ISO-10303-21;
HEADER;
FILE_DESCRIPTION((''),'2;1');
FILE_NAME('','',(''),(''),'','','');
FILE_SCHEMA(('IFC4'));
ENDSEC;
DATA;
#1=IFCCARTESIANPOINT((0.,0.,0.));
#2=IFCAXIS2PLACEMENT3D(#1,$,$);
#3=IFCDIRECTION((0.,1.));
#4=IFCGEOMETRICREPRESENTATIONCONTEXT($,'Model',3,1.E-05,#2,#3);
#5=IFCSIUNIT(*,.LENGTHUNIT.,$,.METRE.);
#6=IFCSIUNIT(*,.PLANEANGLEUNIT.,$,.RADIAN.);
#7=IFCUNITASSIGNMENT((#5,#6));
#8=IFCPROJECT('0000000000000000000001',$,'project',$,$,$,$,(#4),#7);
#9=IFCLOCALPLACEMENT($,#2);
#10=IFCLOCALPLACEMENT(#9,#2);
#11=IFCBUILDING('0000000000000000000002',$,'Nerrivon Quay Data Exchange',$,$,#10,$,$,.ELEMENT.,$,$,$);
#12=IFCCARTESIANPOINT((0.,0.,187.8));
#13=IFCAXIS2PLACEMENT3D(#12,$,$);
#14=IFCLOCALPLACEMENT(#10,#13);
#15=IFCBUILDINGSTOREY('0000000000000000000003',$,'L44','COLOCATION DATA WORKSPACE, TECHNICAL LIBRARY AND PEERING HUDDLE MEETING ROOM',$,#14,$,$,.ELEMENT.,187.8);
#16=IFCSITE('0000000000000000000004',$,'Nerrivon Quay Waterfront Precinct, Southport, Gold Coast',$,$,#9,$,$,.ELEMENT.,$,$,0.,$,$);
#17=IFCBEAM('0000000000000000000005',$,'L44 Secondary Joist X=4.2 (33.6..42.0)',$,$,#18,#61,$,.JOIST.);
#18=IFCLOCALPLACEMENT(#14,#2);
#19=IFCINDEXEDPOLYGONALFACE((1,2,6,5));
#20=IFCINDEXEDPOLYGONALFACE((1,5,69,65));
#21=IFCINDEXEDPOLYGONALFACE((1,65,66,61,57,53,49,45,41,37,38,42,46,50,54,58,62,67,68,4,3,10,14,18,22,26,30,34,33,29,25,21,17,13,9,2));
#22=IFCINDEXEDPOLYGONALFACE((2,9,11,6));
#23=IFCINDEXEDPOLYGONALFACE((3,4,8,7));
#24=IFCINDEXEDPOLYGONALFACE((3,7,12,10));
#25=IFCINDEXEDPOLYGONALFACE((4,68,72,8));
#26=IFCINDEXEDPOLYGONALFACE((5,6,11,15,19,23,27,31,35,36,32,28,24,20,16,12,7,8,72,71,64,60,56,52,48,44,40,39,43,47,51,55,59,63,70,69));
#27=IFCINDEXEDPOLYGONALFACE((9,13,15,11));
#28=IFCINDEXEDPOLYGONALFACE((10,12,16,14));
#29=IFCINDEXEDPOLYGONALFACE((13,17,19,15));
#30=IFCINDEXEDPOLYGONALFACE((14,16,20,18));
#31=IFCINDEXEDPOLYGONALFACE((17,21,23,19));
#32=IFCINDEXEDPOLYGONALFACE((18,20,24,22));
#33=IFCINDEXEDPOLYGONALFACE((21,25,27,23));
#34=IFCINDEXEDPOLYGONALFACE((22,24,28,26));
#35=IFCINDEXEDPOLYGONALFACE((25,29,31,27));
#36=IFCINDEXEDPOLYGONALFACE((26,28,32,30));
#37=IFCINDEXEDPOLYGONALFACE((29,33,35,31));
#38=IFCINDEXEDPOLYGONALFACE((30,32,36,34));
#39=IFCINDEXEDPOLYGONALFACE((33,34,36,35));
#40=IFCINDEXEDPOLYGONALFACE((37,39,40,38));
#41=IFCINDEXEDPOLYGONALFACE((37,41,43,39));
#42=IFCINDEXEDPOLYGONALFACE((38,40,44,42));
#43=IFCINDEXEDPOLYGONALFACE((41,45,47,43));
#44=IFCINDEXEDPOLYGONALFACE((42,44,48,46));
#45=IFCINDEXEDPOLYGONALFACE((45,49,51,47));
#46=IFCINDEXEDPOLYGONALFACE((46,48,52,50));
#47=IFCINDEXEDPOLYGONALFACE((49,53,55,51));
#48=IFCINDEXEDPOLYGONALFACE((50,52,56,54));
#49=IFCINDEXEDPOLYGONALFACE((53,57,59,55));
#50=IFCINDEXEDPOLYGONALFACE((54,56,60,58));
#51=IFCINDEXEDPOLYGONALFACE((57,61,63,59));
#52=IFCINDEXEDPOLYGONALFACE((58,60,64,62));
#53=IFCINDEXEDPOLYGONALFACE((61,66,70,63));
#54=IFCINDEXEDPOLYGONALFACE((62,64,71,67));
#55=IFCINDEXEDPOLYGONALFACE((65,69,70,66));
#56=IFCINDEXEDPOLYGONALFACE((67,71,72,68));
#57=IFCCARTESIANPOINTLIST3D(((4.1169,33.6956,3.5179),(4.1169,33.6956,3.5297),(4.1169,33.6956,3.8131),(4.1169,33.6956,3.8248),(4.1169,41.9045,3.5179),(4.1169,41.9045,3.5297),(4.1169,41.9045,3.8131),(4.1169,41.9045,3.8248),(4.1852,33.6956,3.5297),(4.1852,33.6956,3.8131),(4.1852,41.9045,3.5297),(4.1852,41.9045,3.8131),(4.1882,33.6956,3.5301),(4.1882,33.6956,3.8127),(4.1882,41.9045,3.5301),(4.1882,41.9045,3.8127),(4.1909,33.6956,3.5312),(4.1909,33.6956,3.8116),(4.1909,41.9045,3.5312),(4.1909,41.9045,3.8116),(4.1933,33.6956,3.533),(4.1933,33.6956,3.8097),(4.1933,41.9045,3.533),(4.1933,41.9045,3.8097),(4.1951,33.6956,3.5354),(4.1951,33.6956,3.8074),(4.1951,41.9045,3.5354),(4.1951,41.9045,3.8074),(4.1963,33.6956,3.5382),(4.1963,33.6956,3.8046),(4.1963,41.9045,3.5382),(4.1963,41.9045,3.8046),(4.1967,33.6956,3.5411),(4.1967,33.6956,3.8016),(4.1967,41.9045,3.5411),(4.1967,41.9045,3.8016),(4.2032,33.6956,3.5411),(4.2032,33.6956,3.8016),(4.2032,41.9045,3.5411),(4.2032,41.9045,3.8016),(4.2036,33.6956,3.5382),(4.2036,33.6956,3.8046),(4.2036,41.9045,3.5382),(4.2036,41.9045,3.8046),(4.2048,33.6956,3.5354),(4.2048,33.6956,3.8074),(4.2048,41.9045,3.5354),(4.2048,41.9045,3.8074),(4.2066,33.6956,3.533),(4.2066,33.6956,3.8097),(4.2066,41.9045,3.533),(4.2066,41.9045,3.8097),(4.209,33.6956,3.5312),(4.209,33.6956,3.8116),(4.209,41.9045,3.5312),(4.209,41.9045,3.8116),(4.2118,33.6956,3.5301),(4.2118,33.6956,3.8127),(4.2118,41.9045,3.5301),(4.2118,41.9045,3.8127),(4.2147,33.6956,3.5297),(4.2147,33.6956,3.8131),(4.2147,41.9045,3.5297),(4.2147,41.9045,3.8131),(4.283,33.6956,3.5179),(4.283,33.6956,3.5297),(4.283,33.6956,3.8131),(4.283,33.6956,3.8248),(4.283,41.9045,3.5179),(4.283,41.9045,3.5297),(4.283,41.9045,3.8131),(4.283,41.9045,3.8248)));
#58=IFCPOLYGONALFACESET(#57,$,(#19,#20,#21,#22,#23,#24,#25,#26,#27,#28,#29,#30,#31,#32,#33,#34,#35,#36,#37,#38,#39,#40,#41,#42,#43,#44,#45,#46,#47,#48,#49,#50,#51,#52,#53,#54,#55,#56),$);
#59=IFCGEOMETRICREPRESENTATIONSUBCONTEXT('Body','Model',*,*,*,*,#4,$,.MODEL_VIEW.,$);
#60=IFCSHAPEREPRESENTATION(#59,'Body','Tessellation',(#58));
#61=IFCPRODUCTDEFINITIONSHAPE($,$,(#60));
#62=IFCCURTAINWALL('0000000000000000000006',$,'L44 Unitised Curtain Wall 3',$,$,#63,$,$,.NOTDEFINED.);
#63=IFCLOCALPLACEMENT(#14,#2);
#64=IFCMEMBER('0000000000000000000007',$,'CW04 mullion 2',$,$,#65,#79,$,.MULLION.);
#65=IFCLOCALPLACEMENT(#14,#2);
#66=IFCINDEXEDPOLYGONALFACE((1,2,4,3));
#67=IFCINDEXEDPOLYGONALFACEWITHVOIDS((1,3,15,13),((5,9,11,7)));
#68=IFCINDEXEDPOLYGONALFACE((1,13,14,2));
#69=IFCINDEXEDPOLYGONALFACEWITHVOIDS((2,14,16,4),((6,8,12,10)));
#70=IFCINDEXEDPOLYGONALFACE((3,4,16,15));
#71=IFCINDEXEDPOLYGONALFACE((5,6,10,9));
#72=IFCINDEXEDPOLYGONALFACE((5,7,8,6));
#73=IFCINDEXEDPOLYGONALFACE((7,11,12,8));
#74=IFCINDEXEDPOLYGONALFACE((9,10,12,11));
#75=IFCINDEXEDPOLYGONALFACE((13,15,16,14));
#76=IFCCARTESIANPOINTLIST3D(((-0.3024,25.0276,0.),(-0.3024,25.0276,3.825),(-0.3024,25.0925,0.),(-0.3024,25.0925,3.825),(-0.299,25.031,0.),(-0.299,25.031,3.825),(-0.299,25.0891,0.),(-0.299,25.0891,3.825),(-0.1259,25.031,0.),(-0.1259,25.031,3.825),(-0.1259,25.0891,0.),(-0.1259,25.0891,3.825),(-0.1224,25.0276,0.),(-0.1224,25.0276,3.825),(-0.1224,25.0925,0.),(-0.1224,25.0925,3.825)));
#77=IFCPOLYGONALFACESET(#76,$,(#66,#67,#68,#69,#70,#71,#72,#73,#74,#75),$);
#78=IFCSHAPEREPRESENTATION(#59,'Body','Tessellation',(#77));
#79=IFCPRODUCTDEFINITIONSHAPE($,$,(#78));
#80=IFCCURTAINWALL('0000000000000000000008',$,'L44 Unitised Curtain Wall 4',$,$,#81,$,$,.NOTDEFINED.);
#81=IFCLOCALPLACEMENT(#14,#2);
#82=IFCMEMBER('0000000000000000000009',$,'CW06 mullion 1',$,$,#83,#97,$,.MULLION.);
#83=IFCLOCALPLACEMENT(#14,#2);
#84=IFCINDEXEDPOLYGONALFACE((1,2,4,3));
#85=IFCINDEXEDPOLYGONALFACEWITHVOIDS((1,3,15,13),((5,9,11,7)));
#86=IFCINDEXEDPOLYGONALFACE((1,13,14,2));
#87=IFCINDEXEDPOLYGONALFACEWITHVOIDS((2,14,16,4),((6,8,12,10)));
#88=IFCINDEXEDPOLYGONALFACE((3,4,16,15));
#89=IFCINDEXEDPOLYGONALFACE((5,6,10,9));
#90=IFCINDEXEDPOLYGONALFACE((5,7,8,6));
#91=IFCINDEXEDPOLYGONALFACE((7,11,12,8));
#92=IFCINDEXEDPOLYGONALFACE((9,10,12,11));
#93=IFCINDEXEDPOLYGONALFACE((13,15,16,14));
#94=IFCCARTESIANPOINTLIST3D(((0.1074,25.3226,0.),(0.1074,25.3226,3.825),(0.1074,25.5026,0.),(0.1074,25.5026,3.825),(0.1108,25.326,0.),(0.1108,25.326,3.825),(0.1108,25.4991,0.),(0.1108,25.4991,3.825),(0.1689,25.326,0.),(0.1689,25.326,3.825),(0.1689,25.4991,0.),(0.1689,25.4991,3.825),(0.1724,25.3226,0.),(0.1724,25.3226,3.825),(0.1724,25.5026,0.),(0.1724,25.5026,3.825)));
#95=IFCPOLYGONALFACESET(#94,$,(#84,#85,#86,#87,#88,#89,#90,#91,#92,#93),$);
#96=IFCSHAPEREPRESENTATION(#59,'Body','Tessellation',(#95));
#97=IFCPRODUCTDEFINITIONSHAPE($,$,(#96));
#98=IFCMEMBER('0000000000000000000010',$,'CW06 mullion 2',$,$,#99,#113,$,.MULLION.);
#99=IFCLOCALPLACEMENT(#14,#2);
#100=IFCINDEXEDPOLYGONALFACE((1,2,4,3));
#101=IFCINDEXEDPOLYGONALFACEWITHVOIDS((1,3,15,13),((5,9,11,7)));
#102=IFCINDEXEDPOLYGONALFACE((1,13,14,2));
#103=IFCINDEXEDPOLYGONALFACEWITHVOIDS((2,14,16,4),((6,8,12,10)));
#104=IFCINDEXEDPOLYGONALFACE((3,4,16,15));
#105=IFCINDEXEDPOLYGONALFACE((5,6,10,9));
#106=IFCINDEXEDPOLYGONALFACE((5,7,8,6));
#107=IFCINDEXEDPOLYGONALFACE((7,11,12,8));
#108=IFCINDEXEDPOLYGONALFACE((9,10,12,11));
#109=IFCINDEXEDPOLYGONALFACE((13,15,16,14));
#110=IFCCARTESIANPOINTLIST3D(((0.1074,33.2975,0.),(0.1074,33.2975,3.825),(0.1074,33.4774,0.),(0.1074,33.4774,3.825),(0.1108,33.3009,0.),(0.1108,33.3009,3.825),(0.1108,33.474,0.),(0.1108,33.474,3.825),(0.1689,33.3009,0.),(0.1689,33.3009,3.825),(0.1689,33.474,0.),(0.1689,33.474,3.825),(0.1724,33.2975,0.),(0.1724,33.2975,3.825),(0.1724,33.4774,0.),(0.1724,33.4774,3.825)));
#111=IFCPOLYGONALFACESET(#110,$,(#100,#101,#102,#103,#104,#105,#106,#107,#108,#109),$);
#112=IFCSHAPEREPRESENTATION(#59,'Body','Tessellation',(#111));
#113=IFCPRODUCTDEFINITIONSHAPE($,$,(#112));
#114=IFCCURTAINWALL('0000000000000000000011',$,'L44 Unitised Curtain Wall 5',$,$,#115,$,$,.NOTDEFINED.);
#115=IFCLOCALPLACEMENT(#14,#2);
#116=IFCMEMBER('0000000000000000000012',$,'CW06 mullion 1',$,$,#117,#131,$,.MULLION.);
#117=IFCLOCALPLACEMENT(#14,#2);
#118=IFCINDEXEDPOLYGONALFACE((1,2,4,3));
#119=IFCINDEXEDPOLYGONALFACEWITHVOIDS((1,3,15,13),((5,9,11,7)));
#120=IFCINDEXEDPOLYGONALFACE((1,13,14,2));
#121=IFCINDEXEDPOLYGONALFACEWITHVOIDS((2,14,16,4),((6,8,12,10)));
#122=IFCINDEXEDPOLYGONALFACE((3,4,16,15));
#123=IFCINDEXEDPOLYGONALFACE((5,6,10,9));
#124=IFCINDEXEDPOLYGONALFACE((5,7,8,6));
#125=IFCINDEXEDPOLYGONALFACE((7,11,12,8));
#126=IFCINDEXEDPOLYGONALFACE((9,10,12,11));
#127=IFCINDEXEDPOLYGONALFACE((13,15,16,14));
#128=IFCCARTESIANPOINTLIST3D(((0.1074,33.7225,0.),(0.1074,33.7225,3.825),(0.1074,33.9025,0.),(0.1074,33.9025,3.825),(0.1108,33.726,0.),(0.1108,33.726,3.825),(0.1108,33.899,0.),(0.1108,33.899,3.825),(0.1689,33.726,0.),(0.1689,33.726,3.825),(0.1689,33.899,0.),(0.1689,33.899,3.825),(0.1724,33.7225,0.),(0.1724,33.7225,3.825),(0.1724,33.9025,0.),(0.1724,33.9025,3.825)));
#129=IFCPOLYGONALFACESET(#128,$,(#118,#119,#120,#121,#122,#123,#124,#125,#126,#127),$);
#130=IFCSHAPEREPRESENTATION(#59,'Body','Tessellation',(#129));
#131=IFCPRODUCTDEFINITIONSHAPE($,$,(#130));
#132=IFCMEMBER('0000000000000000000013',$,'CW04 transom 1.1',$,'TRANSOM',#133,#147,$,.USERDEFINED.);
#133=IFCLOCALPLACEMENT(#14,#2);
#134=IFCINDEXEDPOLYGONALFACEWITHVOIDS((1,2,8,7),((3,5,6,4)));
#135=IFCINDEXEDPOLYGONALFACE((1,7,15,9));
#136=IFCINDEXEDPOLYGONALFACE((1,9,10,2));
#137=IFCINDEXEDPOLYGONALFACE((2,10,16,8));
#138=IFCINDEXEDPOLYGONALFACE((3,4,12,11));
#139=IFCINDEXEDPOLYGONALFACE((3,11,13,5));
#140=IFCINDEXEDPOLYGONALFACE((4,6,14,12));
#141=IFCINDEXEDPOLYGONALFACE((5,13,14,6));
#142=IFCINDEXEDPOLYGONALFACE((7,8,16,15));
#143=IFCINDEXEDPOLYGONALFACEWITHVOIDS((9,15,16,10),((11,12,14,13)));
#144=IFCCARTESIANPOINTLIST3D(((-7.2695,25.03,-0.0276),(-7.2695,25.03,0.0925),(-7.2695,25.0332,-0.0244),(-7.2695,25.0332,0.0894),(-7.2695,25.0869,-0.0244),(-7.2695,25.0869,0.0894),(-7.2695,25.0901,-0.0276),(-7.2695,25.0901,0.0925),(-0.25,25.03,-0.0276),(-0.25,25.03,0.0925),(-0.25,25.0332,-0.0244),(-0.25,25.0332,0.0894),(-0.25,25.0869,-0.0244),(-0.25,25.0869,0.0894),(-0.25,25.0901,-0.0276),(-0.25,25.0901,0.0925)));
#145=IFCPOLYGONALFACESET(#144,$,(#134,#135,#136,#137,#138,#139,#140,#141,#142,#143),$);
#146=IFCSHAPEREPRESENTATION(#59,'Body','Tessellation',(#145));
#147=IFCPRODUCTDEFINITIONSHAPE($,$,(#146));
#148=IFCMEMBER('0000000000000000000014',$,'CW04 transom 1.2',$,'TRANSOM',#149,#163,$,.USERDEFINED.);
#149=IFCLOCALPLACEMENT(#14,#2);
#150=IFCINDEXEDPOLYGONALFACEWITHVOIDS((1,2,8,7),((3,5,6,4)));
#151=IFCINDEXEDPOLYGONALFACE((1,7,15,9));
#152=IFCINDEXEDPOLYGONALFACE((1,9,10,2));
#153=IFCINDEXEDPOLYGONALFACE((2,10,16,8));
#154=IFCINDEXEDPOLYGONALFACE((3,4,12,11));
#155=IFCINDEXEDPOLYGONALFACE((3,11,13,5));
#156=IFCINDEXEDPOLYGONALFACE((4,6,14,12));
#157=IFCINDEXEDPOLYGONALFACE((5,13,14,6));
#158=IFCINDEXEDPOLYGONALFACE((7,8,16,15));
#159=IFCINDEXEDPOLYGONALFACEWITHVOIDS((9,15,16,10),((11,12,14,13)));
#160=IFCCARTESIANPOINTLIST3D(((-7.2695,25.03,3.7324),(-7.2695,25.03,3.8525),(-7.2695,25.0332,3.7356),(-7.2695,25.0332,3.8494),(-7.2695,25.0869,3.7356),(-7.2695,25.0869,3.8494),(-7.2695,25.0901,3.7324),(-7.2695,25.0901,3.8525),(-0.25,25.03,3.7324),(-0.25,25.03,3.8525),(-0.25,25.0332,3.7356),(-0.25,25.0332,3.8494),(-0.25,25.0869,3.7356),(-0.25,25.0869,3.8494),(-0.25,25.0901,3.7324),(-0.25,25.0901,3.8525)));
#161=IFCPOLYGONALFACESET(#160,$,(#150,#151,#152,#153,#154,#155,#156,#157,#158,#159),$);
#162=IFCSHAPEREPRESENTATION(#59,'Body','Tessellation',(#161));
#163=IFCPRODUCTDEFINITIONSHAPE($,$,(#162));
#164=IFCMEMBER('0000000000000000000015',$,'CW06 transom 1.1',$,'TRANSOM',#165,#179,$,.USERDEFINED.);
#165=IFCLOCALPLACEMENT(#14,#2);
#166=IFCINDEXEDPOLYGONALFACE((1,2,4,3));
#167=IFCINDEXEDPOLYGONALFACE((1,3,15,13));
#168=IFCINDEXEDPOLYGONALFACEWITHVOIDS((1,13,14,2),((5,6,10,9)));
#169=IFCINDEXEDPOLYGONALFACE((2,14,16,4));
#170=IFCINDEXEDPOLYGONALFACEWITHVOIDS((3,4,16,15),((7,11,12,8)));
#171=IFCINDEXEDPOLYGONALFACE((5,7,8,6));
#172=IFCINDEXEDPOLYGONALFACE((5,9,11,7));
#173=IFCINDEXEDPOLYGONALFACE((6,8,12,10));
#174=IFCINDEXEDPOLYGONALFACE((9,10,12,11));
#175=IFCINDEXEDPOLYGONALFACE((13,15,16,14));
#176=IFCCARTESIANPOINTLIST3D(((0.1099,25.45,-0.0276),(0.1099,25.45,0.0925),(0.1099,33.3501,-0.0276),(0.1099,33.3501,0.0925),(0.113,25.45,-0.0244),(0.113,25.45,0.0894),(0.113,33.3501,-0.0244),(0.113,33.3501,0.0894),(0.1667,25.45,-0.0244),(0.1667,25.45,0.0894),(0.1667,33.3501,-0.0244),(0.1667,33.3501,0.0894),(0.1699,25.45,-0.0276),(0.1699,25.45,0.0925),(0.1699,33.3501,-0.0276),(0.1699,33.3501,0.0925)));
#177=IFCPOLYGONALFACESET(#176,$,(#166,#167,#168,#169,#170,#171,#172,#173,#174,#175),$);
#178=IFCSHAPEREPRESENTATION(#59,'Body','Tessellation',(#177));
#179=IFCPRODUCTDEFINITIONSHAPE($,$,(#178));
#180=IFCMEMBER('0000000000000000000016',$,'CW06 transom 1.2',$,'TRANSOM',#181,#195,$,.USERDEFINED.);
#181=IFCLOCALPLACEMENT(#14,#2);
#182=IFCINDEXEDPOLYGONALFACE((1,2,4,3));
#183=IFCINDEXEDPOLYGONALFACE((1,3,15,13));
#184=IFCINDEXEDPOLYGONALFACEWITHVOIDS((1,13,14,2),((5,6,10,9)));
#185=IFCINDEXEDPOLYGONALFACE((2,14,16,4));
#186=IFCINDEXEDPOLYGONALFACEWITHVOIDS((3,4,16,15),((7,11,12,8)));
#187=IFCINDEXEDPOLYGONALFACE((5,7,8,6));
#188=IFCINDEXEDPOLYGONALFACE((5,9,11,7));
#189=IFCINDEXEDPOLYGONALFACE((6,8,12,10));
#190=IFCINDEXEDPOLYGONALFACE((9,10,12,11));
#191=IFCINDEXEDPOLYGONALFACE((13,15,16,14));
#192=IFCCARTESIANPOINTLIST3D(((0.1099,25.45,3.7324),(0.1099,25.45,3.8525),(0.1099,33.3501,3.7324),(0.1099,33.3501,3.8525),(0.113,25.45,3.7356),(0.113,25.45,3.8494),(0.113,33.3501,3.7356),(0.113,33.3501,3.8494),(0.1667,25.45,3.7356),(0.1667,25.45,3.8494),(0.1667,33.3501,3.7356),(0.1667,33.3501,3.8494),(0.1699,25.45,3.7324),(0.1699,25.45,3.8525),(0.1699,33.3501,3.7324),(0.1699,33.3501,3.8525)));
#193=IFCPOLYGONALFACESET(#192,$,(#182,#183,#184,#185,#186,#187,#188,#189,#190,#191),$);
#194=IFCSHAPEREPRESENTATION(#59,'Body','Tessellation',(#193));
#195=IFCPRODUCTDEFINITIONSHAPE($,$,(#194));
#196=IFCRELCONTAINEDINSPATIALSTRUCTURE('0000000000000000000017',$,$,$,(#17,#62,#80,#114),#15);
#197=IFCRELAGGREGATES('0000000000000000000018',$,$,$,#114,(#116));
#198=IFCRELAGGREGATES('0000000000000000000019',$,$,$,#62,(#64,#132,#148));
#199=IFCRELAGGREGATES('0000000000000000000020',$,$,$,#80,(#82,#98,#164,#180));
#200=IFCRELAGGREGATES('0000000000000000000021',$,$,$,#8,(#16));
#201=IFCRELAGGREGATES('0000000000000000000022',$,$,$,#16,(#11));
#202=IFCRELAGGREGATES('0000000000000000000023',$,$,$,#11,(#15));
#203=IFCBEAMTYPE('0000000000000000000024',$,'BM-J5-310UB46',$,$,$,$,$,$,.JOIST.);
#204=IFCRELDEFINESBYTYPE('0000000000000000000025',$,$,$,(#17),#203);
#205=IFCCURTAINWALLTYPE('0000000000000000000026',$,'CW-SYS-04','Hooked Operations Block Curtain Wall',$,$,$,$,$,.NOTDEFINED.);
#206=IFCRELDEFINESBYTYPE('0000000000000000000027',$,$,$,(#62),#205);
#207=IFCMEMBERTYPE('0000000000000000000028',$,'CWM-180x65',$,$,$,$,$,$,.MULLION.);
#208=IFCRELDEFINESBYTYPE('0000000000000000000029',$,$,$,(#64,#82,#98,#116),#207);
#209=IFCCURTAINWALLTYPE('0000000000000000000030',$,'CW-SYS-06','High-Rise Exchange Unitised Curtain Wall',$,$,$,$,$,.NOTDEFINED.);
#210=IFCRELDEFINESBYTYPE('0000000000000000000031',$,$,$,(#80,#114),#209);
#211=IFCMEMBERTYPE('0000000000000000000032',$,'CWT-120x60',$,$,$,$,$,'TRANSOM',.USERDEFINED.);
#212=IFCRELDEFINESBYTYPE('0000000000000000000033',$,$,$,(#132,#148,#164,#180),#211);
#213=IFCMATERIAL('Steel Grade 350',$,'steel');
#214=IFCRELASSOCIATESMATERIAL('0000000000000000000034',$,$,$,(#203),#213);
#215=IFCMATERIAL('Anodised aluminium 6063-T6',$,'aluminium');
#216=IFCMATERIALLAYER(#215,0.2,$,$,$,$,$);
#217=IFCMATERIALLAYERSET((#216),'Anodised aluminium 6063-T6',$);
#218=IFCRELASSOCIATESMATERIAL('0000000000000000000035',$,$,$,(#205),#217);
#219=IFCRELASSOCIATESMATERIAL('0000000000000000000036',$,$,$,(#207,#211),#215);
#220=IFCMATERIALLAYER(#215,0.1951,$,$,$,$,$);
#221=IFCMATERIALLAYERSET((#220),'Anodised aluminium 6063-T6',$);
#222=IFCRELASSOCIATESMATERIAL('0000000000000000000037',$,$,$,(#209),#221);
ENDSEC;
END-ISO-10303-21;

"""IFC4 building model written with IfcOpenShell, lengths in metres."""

from ifc_helpers import new_model, si_unit, direction, frame, origin, origin_2d, place, context, subcontext, project, spatial, hollow_rectangle, i_section, extrude, material, layer, layer_set, material_profile, profile_set, type_object, element, aggregate, save


model = new_model("IFC4")

# Units and contexts
model_context = context("Model", 3, precision=1e-05, world=origin(), true_north=direction((0.0, 1.0)))
body_context = subcontext(model_context, "Body", "Model", "MODEL_VIEW")
ifc_project = project(units=[si_unit("LENGTHUNIT", "METRE"), si_unit("PLANEANGLEUNIT", "RADIAN")], contexts=[model_context])

# Site, building, storey
site_placement = place(None, origin())
site = spatial("IfcSite", under=ifc_project, at=site_placement, Name="Nerrivon Quay Waterfront Precinct, Southport, Gold Coast", CompositionType="ELEMENT", RefElevation=0.0)
building_placement = place(site_placement, origin())
building = spatial("IfcBuilding", under=site, at=building_placement, Name="Nerrivon Quay Data Exchange", CompositionType="ELEMENT")
storey_placement = place(building_placement, frame((0.0, 0.0, 187.8)))
storey = spatial("IfcBuildingStorey", under=building, at=storey_placement, Name="L44", Description="COLOCATION DATA WORKSPACE, TECHNICAL LIBRARY AND PEERING HUDDLE MEETING ROOM", CompositionType="ELEMENT", Elevation=187.8)

# Shared definitions
ifc_material_1 = material(Name="Steel Grade 350", Category="steel")

# Beam
ifc_material_profile_1 = material_profile(ifc_material_1, i_section(OverallWidth=0.166, OverallDepth=0.3069, WebThickness=0.0066, FlangeThickness=0.0117, FilletRadius=0.0115, at=origin_2d()), Name="310UB46.2")
ifc_profile_set_1 = profile_set([ifc_material_profile_1], Name="Steel Grade 350")
beam_type_1 = type_object("IfcBeamType", Name="BM-J5-310UB46", PredefinedType="JOIST", material=ifc_profile_set_1)
beam_1_placement = place(storey_placement, frame((4.2, 33.6956, 3.6714), z_axis=(0.0, 1.0, 0.0), x_axis=(-1.0, 0.0, 0.0)))
element("IfcBeam", 1, at=beam_1_placement, inside=storey, type_object=beam_type_1, Name="L44 Secondary Joist X=4.2 (33.6..42.0)", PredefinedType="JOIST", context=body_context, shape_type="SweptSolid", body=[
    extrude(i_section(OverallWidth=0.166, OverallDepth=0.3069, WebThickness=0.0066, FlangeThickness=0.0117, FilletRadius=0.0115, at=origin_2d()), origin(), (0.0, 0.0, 1.0), 8.209),
])

# Curtain wall, member
ifc_material_2 = material(Name="Anodised aluminium 6063-T6", Category="aluminium")
ifc_layer_1 = layer(ifc_material_2, 0.2)
ifc_layer_set_1 = layer_set([ifc_layer_1], Name="Anodised aluminium 6063-T6")
curtain_wall_type_1 = type_object("IfcCurtainWallType", Name="CW-SYS-04", Description="Hooked Operations Block Curtain Wall", PredefinedType="NOTDEFINED", material=ifc_layer_set_1)
curtain_wall_1_placement = place(storey_placement, origin())
curtain_wall_1 = element("IfcCurtainWall", 2, at=curtain_wall_1_placement, inside=storey, type_object=curtain_wall_type_1, Name="L44 Unitised Curtain Wall 3", PredefinedType="NOTDEFINED")
ifc_material_profile_2 = material_profile(ifc_material_2, hollow_rectangle(XDim=0.0649, YDim=0.1799, WallThickness=0.0034, at=origin_2d()), Name="ALU-MULL-180x65")
ifc_profile_set_2 = profile_set([ifc_material_profile_2], Name="Anodised aluminium 6063-T6")
member_type_1 = type_object("IfcMemberType", Name="CWM-180x65", PredefinedType="MULLION", material=ifc_profile_set_2)
member_1_placement = place(storey_placement, frame((-0.2124, 25.0601, 0.0), z_axis=(0.0, 0.0, 1.0), x_axis=(0.0, 1.0, 0.0)))
member_1 = element("IfcMember", 3, at=member_1_placement, type_object=member_type_1, Name="CW04 mullion 2", PredefinedType="MULLION", context=body_context, shape_type="SweptSolid", body=[
    extrude(hollow_rectangle(XDim=0.0649, YDim=0.1799, WallThickness=0.0034, at=origin_2d()), origin(), (0.0, 0.0, 1.0), 3.825),
])

# Curtain wall, members
ifc_layer_2 = layer(ifc_material_2, 0.1951)
ifc_layer_set_2 = layer_set([ifc_layer_2], Name="Anodised aluminium 6063-T6")
curtain_wall_type_2 = type_object("IfcCurtainWallType", Name="CW-SYS-06", Description="High-Rise Exchange Unitised Curtain Wall", PredefinedType="NOTDEFINED", material=ifc_layer_set_2)
curtain_wall_2_placement = place(storey_placement, origin())
curtain_wall_2 = element("IfcCurtainWall", 4, at=curtain_wall_2_placement, inside=storey, type_object=curtain_wall_type_2, Name="L44 Unitised Curtain Wall 4", PredefinedType="NOTDEFINED")
member_2_placement = place(storey_placement, frame((0.1399, 25.4126, 0.0), z_axis=(0.0, 0.0, 1.0), x_axis=(-1.0, 0.0, 0.0)))
member_2 = element("IfcMember", 5, at=member_2_placement, type_object=member_type_1, Name="CW06 mullion 1", PredefinedType="MULLION", context=body_context, shape_type="SweptSolid", body=[
    extrude(hollow_rectangle(XDim=0.0649, YDim=0.1799, WallThickness=0.0034, at=origin_2d()), origin(), (0.0, 0.0, 1.0), 3.825),
])
member_3_placement = place(storey_placement, frame((0.1399, 33.3875, 0.0), z_axis=(0.0, 0.0, 1.0), x_axis=(-1.0, 0.0, 0.0)))
member_3 = element("IfcMember", 6, at=member_3_placement, type_object=member_type_1, Name="CW06 mullion 2", PredefinedType="MULLION", context=body_context, shape_type="SweptSolid", body=[
    extrude(hollow_rectangle(XDim=0.0649, YDim=0.1799, WallThickness=0.0034, at=origin_2d()), origin(), (0.0, 0.0, 1.0), 3.825),
])

# Curtain wall, member
curtain_wall_3_placement = place(storey_placement, origin())
curtain_wall_3 = element("IfcCurtainWall", 7, at=curtain_wall_3_placement, inside=storey, type_object=curtain_wall_type_2, Name="L44 Unitised Curtain Wall 5", PredefinedType="NOTDEFINED")
member_4_placement = place(storey_placement, frame((0.1399, 33.8125, 0.0), z_axis=(0.0, 0.0, 1.0), x_axis=(-1.0, 0.0, 0.0)))
member_4 = element("IfcMember", 8, at=member_4_placement, type_object=member_type_1, Name="CW06 mullion 1", PredefinedType="MULLION", context=body_context, shape_type="SweptSolid", body=[
    extrude(hollow_rectangle(XDim=0.0649, YDim=0.1799, WallThickness=0.0034, at=origin_2d()), origin(), (0.0, 0.0, 1.0), 3.825),
])

# Members
ifc_material_profile_3 = material_profile(ifc_material_2, hollow_rectangle(XDim=0.0601, YDim=0.1201, WallThickness=0.0032, at=origin_2d()), Name="ALU-TRAN-120x60")
ifc_profile_set_3 = profile_set([ifc_material_profile_3], Name="Anodised aluminium 6063-T6")
member_type_2 = type_object("IfcMemberType", Name="CWT-120x60", ElementType="TRANSOM", PredefinedType="USERDEFINED", material=ifc_profile_set_3)
member_5_placement = place(storey_placement, frame((-7.2695, 25.0601, 0.0325), z_axis=(1.0, 0.0, 0.0), x_axis=(0.0, 1.0, 0.0)))
member_5 = element("IfcMember", 9, at=member_5_placement, type_object=member_type_2, Name="CW04 transom 1.1", ObjectType="TRANSOM", PredefinedType="USERDEFINED", context=body_context, shape_type="SweptSolid", body=[
    extrude(hollow_rectangle(XDim=0.0601, YDim=0.1201, WallThickness=0.0032, at=origin_2d()), origin(), (0.0, 0.0, 1.0), 7.0195),
])
member_6_placement = place(storey_placement, frame((-7.2695, 25.0601, 3.7925), z_axis=(1.0, 0.0, 0.0), x_axis=(0.0, 1.0, 0.0)))
member_6 = element("IfcMember", 10, at=member_6_placement, type_object=member_type_2, Name="CW04 transom 1.2", ObjectType="TRANSOM", PredefinedType="USERDEFINED", context=body_context, shape_type="SweptSolid", body=[
    extrude(hollow_rectangle(XDim=0.0601, YDim=0.1201, WallThickness=0.0032, at=origin_2d()), origin(), (0.0, 0.0, 1.0), 7.0195),
])
member_7_placement = place(storey_placement, frame((0.1399, 25.45, 0.0325), z_axis=(0.0, 1.0, 0.0), x_axis=(-1.0, 0.0, 0.0)))
member_7 = element("IfcMember", 11, at=member_7_placement, type_object=member_type_2, Name="CW06 transom 1.1", ObjectType="TRANSOM", PredefinedType="USERDEFINED", context=body_context, shape_type="SweptSolid", body=[
    extrude(hollow_rectangle(XDim=0.0601, YDim=0.1201, WallThickness=0.0032, at=origin_2d()), origin(), (0.0, 0.0, 1.0), 7.9001),
])
member_8_placement = place(storey_placement, frame((0.1399, 25.45, 3.7925), z_axis=(0.0, 1.0, 0.0), x_axis=(-1.0, 0.0, 0.0)))
member_8 = element("IfcMember", 12, at=member_8_placement, type_object=member_type_2, Name="CW06 transom 1.2", ObjectType="TRANSOM", PredefinedType="USERDEFINED", context=body_context, shape_type="SweptSolid", body=[
    extrude(hollow_rectangle(XDim=0.0601, YDim=0.1201, WallThickness=0.0032, at=origin_2d()), origin(), (0.0, 0.0, 1.0), 7.9001),
])
aggregate(curtain_wall_3, [member_4])

aggregate(curtain_wall_1, [member_1, member_5, member_6])
aggregate(curtain_wall_2, [member_2, member_3, member_7, member_8])

save(model, "model.ifc")
